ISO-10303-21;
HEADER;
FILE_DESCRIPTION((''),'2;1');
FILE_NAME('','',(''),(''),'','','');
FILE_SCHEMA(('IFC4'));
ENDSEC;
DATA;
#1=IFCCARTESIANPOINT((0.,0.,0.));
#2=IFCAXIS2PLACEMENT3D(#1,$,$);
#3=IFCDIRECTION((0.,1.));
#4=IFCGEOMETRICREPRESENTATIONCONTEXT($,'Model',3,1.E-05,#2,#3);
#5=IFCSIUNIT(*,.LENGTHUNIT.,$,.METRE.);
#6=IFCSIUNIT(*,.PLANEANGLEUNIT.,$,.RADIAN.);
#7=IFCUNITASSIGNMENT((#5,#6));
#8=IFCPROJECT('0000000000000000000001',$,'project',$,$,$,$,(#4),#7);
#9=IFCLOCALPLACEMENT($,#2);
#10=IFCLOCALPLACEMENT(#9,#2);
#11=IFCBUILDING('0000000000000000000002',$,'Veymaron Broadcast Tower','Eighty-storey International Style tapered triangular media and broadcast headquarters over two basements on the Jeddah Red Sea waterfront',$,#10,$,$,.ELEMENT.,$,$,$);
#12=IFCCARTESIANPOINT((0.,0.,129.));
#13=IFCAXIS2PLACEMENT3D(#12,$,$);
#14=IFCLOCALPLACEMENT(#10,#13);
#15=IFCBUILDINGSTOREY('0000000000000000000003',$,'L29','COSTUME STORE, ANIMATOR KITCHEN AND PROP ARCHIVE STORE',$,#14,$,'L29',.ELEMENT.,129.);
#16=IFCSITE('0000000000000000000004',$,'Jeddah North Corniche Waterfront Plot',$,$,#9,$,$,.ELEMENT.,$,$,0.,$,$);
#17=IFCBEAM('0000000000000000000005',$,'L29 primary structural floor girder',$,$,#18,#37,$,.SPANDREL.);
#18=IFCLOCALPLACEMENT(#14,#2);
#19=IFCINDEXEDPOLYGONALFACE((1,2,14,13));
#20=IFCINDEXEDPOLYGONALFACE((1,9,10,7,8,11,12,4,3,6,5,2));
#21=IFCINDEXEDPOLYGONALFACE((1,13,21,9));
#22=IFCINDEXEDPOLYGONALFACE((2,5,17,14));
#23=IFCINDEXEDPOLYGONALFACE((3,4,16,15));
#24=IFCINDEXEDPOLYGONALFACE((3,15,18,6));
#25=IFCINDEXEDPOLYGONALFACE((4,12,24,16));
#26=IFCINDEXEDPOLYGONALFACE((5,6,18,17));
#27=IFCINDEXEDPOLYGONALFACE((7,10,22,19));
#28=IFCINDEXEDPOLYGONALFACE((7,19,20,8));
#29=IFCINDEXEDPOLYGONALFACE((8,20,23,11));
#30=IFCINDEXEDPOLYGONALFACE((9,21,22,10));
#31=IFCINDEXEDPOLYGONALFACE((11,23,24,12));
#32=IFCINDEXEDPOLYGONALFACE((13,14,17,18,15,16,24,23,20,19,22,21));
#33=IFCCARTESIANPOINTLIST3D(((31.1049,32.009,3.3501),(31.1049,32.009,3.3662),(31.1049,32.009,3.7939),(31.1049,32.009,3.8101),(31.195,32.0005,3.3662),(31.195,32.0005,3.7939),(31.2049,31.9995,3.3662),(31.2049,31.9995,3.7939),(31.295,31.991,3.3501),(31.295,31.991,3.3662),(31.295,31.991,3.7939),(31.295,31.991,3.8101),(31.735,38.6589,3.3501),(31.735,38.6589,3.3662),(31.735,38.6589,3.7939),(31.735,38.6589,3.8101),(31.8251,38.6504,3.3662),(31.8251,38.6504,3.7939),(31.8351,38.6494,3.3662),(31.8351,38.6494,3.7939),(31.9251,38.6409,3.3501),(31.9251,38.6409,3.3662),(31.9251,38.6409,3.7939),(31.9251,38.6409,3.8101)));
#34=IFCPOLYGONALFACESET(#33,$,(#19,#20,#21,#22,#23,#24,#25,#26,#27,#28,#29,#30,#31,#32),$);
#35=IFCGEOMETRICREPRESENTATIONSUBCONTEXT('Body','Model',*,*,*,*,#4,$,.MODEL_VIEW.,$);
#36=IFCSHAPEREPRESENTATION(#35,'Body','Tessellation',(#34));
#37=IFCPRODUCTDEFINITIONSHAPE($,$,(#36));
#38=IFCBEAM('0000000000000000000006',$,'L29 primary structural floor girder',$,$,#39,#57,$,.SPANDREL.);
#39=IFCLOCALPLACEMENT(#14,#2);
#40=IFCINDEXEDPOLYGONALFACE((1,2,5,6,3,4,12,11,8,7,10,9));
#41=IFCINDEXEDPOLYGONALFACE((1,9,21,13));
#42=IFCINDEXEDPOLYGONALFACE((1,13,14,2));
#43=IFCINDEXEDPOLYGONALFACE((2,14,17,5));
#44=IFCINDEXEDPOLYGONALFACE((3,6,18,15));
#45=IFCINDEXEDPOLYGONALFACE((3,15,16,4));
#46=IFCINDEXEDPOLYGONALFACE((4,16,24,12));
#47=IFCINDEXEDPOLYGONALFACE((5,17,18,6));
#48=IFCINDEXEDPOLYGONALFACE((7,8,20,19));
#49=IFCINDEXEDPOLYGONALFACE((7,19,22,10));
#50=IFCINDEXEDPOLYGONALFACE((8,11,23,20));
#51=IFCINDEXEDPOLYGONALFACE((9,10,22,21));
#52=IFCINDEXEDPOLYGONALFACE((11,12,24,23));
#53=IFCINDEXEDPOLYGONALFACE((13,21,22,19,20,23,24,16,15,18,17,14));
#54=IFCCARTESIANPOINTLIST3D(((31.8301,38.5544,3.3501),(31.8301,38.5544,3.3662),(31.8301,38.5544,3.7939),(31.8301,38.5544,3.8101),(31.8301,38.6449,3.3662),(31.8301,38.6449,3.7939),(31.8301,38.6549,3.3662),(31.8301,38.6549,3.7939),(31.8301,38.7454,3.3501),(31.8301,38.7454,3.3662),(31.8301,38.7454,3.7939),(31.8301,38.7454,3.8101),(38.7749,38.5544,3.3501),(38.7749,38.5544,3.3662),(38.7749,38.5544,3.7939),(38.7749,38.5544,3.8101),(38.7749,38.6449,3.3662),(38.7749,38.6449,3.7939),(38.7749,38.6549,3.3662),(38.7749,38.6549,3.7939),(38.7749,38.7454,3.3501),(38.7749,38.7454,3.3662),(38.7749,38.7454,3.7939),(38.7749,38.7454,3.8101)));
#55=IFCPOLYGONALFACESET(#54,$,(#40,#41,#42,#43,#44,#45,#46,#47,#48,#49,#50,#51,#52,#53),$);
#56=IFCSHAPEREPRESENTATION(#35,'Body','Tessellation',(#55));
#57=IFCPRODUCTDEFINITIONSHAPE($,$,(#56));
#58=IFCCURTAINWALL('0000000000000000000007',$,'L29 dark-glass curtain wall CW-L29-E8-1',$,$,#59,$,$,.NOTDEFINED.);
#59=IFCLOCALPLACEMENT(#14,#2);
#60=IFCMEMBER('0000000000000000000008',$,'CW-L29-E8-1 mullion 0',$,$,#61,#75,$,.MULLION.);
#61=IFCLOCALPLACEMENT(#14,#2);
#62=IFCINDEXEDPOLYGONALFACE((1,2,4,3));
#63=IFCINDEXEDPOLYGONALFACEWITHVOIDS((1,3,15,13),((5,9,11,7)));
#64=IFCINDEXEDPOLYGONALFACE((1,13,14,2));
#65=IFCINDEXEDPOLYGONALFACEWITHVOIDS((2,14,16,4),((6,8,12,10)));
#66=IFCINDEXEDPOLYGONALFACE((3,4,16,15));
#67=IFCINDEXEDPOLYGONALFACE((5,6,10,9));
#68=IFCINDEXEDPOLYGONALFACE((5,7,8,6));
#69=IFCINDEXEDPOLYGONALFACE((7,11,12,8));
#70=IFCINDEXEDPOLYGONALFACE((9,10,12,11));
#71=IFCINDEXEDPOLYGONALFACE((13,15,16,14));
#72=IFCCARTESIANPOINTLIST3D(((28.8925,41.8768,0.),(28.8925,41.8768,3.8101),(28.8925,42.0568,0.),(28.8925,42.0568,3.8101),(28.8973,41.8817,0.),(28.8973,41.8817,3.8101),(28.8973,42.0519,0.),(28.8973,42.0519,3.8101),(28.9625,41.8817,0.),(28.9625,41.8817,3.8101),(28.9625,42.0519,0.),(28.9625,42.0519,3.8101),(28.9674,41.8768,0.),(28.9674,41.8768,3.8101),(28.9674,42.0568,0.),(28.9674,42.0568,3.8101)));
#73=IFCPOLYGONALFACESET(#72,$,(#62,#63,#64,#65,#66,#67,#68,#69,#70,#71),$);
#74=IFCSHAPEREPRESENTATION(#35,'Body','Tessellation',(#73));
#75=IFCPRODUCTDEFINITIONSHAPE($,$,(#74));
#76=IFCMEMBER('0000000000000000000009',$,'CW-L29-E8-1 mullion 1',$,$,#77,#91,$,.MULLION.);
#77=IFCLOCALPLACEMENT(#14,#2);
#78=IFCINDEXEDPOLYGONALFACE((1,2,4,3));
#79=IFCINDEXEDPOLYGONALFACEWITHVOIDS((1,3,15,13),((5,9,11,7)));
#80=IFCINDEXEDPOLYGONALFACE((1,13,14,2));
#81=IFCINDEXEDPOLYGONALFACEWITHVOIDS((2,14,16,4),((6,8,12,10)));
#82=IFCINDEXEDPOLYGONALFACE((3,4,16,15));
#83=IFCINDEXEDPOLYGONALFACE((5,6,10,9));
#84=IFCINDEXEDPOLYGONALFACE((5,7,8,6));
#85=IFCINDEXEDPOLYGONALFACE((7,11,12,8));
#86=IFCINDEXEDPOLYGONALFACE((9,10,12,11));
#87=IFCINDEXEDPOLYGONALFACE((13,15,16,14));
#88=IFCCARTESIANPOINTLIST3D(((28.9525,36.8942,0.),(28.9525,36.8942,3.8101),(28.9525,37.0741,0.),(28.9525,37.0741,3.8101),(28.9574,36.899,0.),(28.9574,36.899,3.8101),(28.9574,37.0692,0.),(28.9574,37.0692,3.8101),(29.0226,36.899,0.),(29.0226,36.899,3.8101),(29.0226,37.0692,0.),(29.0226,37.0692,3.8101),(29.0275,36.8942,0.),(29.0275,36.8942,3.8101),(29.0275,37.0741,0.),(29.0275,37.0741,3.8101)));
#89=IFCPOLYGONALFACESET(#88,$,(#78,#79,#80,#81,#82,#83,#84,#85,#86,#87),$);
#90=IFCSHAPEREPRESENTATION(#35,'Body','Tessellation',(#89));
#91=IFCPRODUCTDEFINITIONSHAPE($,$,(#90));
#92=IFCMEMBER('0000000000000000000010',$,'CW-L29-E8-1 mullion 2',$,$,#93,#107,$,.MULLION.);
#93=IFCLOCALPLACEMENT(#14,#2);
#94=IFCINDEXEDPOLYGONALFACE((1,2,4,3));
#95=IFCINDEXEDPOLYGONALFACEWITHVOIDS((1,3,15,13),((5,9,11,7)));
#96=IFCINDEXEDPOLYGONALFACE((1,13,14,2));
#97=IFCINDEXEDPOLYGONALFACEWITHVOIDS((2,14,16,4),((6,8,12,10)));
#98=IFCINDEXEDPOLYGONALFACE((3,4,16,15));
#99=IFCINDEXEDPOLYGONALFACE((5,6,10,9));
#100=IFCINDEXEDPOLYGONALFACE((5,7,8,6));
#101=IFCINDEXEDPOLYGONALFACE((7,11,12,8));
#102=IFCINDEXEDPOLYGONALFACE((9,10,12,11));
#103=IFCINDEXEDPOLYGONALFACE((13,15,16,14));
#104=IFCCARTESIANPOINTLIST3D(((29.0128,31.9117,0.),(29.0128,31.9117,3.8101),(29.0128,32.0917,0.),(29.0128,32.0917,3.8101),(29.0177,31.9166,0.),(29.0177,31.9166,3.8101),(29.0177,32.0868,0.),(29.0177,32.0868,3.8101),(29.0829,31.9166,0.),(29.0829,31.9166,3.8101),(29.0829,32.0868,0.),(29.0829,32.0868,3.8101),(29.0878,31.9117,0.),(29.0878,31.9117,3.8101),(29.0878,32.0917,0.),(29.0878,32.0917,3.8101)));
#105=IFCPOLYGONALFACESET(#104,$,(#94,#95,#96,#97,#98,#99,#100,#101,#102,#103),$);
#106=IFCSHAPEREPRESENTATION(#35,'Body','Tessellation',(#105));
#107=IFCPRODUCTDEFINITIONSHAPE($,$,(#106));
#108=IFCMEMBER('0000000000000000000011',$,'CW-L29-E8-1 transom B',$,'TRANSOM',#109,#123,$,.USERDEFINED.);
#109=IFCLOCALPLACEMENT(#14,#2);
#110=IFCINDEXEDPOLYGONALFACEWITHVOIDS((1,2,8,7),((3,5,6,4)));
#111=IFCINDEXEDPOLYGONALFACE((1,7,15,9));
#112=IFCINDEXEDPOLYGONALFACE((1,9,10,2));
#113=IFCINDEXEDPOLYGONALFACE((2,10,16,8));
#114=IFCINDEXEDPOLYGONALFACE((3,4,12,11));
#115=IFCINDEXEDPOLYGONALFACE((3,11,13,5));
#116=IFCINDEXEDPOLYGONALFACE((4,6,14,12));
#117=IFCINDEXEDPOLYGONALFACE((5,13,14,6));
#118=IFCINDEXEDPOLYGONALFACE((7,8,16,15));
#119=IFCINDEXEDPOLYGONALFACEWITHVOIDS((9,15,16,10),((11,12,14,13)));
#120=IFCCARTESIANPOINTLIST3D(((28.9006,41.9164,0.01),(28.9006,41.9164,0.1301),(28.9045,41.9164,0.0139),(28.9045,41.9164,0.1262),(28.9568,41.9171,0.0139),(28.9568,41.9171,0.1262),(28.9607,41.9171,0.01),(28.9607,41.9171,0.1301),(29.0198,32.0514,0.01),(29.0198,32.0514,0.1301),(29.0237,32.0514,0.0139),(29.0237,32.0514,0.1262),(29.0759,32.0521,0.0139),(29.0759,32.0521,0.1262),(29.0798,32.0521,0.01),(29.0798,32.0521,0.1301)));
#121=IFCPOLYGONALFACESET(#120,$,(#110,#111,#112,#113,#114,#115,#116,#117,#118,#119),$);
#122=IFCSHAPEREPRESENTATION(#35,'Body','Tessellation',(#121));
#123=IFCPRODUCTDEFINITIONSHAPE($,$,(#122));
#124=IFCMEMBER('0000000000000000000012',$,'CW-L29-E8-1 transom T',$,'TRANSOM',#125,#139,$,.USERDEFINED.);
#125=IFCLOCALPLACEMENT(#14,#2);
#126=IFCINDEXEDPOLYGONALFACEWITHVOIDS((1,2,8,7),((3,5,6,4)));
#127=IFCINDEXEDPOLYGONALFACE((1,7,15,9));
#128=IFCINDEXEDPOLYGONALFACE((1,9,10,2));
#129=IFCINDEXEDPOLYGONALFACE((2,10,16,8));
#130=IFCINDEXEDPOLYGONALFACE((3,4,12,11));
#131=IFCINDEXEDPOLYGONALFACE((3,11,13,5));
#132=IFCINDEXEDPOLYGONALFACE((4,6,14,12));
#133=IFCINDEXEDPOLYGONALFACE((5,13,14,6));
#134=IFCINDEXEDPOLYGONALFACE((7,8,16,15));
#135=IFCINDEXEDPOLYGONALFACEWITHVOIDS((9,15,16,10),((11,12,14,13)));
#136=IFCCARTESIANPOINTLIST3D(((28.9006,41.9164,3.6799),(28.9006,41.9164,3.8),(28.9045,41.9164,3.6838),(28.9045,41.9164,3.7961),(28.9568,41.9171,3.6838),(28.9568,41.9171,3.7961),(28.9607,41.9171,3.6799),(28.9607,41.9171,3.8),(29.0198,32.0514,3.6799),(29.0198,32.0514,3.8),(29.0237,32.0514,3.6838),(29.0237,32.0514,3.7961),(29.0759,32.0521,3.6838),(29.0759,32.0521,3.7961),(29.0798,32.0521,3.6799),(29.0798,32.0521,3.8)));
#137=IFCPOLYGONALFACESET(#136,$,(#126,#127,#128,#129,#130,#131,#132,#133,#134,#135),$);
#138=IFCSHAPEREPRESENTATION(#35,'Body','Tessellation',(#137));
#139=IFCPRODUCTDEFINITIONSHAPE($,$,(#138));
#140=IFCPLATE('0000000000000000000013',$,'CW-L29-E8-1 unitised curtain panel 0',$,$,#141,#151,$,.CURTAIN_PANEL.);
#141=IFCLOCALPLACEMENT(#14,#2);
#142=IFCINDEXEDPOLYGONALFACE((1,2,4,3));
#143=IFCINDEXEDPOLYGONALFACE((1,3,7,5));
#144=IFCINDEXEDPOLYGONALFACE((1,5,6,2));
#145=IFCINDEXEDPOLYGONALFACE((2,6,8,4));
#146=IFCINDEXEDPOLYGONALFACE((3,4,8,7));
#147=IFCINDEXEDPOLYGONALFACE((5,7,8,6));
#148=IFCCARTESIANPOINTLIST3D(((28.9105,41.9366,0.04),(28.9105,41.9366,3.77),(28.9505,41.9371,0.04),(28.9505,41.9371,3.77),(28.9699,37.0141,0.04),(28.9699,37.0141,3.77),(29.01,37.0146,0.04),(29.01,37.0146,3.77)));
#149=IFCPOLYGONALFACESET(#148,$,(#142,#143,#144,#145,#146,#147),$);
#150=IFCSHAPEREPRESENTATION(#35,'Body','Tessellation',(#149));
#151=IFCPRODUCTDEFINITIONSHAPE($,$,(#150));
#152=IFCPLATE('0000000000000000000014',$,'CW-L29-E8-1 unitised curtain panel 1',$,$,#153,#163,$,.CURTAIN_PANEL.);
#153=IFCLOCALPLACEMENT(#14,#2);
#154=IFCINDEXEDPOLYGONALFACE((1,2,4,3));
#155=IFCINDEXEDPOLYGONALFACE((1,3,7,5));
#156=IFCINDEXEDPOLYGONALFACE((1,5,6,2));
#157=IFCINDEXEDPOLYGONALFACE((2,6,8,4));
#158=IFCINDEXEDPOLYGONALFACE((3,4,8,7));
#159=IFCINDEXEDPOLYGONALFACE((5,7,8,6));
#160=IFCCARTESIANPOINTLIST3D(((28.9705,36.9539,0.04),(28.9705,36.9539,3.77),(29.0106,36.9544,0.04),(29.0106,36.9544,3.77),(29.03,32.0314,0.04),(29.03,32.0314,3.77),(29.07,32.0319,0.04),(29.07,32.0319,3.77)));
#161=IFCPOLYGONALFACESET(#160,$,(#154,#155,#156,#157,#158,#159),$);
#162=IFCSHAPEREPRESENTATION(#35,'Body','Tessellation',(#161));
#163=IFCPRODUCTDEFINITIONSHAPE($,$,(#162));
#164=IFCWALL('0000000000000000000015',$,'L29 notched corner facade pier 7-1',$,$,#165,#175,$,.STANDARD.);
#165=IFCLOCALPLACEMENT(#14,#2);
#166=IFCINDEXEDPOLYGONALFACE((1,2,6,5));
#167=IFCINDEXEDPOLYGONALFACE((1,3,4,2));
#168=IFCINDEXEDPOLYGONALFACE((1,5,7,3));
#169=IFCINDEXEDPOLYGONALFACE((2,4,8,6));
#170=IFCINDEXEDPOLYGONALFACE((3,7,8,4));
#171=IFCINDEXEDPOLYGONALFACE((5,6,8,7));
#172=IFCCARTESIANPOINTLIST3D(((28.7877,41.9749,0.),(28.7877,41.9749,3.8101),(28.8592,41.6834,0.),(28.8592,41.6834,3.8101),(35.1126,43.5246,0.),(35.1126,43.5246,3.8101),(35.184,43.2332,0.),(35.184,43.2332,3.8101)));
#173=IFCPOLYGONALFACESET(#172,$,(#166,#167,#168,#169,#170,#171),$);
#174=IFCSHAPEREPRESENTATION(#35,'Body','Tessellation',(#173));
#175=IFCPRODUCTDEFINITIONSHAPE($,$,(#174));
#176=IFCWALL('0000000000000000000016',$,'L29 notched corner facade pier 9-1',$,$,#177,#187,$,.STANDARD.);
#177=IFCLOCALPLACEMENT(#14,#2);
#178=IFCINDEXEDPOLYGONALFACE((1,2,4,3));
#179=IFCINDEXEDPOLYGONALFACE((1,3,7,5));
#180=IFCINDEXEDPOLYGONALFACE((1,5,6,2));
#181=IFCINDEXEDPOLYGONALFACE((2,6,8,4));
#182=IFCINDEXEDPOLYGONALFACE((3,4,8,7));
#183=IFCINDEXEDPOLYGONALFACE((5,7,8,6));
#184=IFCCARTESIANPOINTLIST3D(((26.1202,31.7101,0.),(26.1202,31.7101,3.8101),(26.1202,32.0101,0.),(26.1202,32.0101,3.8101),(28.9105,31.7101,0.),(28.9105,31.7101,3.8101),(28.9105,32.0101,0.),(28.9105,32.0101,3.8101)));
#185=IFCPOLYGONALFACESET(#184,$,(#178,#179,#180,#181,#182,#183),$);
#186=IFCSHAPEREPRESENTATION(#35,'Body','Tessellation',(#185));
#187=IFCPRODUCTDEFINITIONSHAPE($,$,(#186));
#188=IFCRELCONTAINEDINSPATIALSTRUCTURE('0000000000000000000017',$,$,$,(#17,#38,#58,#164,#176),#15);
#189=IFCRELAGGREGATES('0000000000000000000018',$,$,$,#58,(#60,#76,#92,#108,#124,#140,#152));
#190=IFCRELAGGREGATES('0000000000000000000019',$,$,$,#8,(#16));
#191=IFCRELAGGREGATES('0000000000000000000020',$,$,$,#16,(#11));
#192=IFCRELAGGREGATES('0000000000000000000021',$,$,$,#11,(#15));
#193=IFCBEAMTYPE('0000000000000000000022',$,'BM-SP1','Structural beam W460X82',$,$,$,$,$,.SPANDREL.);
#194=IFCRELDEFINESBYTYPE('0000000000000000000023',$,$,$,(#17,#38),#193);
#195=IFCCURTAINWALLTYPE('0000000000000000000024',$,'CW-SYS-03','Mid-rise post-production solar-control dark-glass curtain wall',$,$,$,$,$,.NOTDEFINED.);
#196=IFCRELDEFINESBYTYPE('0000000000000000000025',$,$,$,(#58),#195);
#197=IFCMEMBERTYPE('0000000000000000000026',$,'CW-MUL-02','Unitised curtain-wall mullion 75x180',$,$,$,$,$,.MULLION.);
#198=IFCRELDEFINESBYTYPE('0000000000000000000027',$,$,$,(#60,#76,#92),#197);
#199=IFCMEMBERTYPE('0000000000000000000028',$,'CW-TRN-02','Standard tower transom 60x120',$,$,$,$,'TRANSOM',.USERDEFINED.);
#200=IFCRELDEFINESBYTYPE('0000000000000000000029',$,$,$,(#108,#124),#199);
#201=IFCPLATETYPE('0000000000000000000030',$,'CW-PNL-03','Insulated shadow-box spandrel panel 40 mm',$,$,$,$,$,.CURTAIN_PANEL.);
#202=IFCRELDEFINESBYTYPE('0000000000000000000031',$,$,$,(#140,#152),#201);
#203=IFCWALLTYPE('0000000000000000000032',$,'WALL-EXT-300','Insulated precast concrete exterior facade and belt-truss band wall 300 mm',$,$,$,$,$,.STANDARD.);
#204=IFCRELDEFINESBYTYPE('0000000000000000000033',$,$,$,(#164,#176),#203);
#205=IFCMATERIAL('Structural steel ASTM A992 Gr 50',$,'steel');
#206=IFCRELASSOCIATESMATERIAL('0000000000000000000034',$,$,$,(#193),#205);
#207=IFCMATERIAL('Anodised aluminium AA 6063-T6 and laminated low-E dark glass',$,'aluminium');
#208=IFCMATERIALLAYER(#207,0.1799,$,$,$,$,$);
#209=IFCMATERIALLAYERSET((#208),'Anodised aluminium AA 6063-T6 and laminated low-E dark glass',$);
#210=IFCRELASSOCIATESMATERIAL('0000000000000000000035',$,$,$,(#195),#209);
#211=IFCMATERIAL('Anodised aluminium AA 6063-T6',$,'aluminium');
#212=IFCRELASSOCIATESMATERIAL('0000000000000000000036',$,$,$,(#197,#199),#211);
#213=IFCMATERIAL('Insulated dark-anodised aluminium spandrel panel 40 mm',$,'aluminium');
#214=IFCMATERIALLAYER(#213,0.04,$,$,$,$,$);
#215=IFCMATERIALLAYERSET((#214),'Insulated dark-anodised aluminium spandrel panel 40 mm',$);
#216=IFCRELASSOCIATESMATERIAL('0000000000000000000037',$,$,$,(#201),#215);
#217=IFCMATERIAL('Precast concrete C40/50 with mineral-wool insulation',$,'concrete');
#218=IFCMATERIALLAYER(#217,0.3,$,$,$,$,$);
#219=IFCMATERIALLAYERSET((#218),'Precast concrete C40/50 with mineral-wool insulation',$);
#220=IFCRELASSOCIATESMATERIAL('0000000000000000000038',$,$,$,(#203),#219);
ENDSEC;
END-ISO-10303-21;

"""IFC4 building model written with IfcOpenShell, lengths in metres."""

from ifc_helpers import new_model, si_unit, direction, frame, frame_2d, origin, origin_2d, place, context, subcontext, project, spatial, rectangle, hollow_rectangle, i_section, extrude, material, layer, layer_set, material_profile, profile_set, type_object, element, aggregate, save


model = new_model("IFC4")

# Units and contexts
model_context = context("Model", 3, precision=1e-05, world=origin(), true_north=direction((0.0, 1.0)))
body_context = subcontext(model_context, "Body", "Model", "MODEL_VIEW")
ifc_project = project(units=[si_unit("LENGTHUNIT", "METRE"), si_unit("PLANEANGLEUNIT", "RADIAN")], contexts=[model_context])

# Site, building, storey
site_placement = place(None, origin())
site = spatial("IfcSite", under=ifc_project, at=site_placement, Name="Jeddah North Corniche Waterfront Plot", CompositionType="ELEMENT", RefElevation=0.0)
building_placement = place(site_placement, origin())
building = spatial("IfcBuilding", under=site, at=building_placement, Name="Veymaron Broadcast Tower", Description="Eighty-storey International Style tapered triangular media and broadcast headquarters over two basements on the Jeddah Red Sea waterfront", CompositionType="ELEMENT")
storey_placement = place(building_placement, frame((0.0, 0.0, 129.0)))
storey = spatial("IfcBuildingStorey", under=building, at=storey_placement, Name="L29", Description="COSTUME STORE, ANIMATOR KITCHEN AND PROP ARCHIVE STORE", LongName="L29", CompositionType="ELEMENT", Elevation=129.0)

# Shared definitions
ifc_material_1 = material(Name="Structural steel ASTM A992 Gr 50", Category="steel")

# Beams
ifc_material_profile_1 = material_profile(ifc_material_1, i_section(OverallWidth=0.1909, OverallDepth=0.46, WebThickness=0.01, FlangeThickness=0.0161, at=origin_2d()), Name="W460X82")
ifc_profile_set_1 = profile_set([ifc_material_profile_1], Name="Structural steel ASTM A992 Gr 50")
beam_type_1 = type_object("IfcBeamType", Name="BM-SP1", Description="Structural beam W460X82", PredefinedType="SPANDREL", material=ifc_profile_set_1)
beam_1_placement = place(storey_placement, frame((31.2, 32.0, 3.5801), z_axis=(0.094335, 0.995541, 0.0), x_axis=(-0.995541, 0.094335, 0.0)))
element("IfcBeam", 1, at=beam_1_placement, inside=storey, type_object=beam_type_1, Name="L29 primary structural floor girder", PredefinedType="SPANDREL", context=body_context, shape_type="SweptSolid", body=[
    extrude(i_section(OverallWidth=0.1909, OverallDepth=0.46, WebThickness=0.01, FlangeThickness=0.0161, at=origin_2d()), origin(), (0.0, 0.0, 1.0), 6.6797),
])
beam_2_placement = place(storey_placement, frame((31.8301, 38.6499, 3.5801), z_axis=(1.0, 0.0, 0.0), x_axis=(0.0, 1.0, 0.0)))
element("IfcBeam", 2, at=beam_2_placement, inside=storey, type_object=beam_type_1, Name="L29 primary structural floor girder", PredefinedType="SPANDREL", context=body_context, shape_type="SweptSolid", body=[
    extrude(i_section(OverallWidth=0.1909, OverallDepth=0.46, WebThickness=0.01, FlangeThickness=0.0161, at=origin_2d()), origin(), (0.0, 0.0, 1.0), 6.9448),
])

# Curtain wall, members, plates
ifc_material_2 = material(Name="Anodised aluminium AA 6063-T6 and laminated low-E dark glass", Category="aluminium")
ifc_layer_1 = layer(ifc_material_2, 0.1799)
ifc_layer_set_1 = layer_set([ifc_layer_1], Name="Anodised aluminium AA 6063-T6 and laminated low-E dark glass")
curtain_wall_type = type_object("IfcCurtainWallType", Name="CW-SYS-03", Description="Mid-rise post-production solar-control dark-glass curtain wall", PredefinedType="NOTDEFINED", material=ifc_layer_set_1)
curtain_wall_placement = place(storey_placement, origin())
curtain_wall = element("IfcCurtainWall", 3, at=curtain_wall_placement, inside=storey, type_object=curtain_wall_type, Name="L29 dark-glass curtain wall CW-L29-E8-1", PredefinedType="NOTDEFINED")
ifc_material_3 = material(Name="Anodised aluminium AA 6063-T6", Category="aluminium")
ifc_material_profile_2 = material_profile(ifc_material_3, hollow_rectangle(XDim=0.075, YDim=0.1799, WallThickness=0.0049, at=origin_2d()), Name="AL180X75X5")
ifc_profile_set_2 = profile_set([ifc_material_profile_2], Name="Anodised aluminium AA 6063-T6")
member_type_1 = type_object("IfcMemberType", Name="CW-MUL-02", Description="Unitised curtain-wall mullion 75x180", PredefinedType="MULLION", material=ifc_profile_set_2)
member_1_placement = place(storey_placement, frame((28.9299, 41.9668, 0.0), z_axis=(0.0, 0.0, 1.0), x_axis=(1.0, 0.0, 0.0)))
member_1 = element("IfcMember", 4, at=member_1_placement, type_object=member_type_1, Name="CW-L29-E8-1 mullion 0", PredefinedType="MULLION", context=body_context, shape_type="SweptSolid", body=[
    extrude(hollow_rectangle(XDim=0.075, YDim=0.1799, WallThickness=0.0049, at=origin_2d()), origin(), (0.0, 0.0, 1.0), 3.8101),
])
member_2_placement = place(storey_placement, frame((28.99, 36.9841, 0.0), z_axis=(0.0, 0.0, 1.0), x_axis=(1.0, 0.0, 0.0)))
member_2 = element("IfcMember", 5, at=member_2_placement, type_object=member_type_1, Name="CW-L29-E8-1 mullion 1", PredefinedType="MULLION", context=body_context, shape_type="SweptSolid", body=[
    extrude(hollow_rectangle(XDim=0.075, YDim=0.1799, WallThickness=0.0049, at=origin_2d()), origin(), (0.0, 0.0, 1.0), 3.8101),
])
member_3_placement = place(storey_placement, frame((29.0503, 32.0017, 0.0), z_axis=(0.0, 0.0, 1.0), x_axis=(1.0, 0.0, 0.0)))
member_3 = element("IfcMember", 6, at=member_3_placement, type_object=member_type_1, Name="CW-L29-E8-1 mullion 2", PredefinedType="MULLION", context=body_context, shape_type="SweptSolid", body=[
    extrude(hollow_rectangle(XDim=0.075, YDim=0.1799, WallThickness=0.0049, at=origin_2d()), origin(), (0.0, 0.0, 1.0), 3.8101),
])
ifc_material_profile_3 = material_profile(ifc_material_3, hollow_rectangle(XDim=0.0601, YDim=0.1201, WallThickness=0.0039, at=origin_2d()), Name="AL120X60X4")
ifc_profile_set_3 = profile_set([ifc_material_profile_3], Name="Anodised aluminium AA 6063-T6")
member_type_2 = type_object("IfcMemberType", Name="CW-TRN-02", Description="Standard tower transom 60x120", ElementType="TRANSOM", PredefinedType="USERDEFINED", material=ifc_profile_set_3)
member_4_placement = place(storey_placement, frame((28.9307, 41.9167, 0.0701), z_axis=(0.012076, -0.999927, 0.0), x_axis=(0.999927, 0.012076, 0.0)))
member_4 = element("IfcMember", 7, at=member_4_placement, type_object=member_type_2, Name="CW-L29-E8-1 transom B", ObjectType="TRANSOM", PredefinedType="USERDEFINED", context=body_context, shape_type="SweptSolid", body=[
    extrude(hollow_rectangle(XDim=0.0601, YDim=0.1201, WallThickness=0.0039, at=origin_2d()), origin(), (0.0, 0.0, 1.0), 9.8657),
])
member_5_placement = place(storey_placement, frame((28.9307, 41.9167, 3.74), z_axis=(0.012076, -0.999927, 0.0), x_axis=(0.999927, 0.012076, 0.0)))
member_5 = element("IfcMember", 8, at=member_5_placement, type_object=member_type_2, Name="CW-L29-E8-1 transom T", ObjectType="TRANSOM", PredefinedType="USERDEFINED", context=body_context, shape_type="SweptSolid", body=[
    extrude(hollow_rectangle(XDim=0.0601, YDim=0.1201, WallThickness=0.0039, at=origin_2d()), origin(), (0.0, 0.0, 1.0), 9.8657),
])
ifc_material_4 = material(Name="Insulated dark-anodised aluminium spandrel panel 40 mm", Category="aluminium")
ifc_layer_2 = layer(ifc_material_4, 0.04)
ifc_layer_set_2 = layer_set([ifc_layer_2], Name="Insulated dark-anodised aluminium spandrel panel 40 mm")
plate_type = type_object("IfcPlateType", Name="CW-PNL-03", Description="Insulated shadow-box spandrel panel 40 mm", PredefinedType="CURTAIN_PANEL", material=ifc_layer_set_2)
plate_1_placement = place(storey_placement, frame((28.9602, 39.4756, 0.04), z_axis=(0.0, 0.0, 1.0), x_axis=(0.012077, -0.999927, 0.0)))
plate_1 = element("IfcPlate", 9, at=plate_1_placement, type_object=plate_type, Name="CW-L29-E8-1 unitised curtain panel 0", PredefinedType="CURTAIN_PANEL", context=body_context, shape_type="SweptSolid", body=[
    extrude(rectangle(XDim=4.9229, YDim=0.04, at=origin_2d()), origin(), (0.0, 0.0, 1.0), 3.73),
])
plate_2_placement = place(storey_placement, frame((29.0203, 34.4929, 0.04), z_axis=(0.0, 0.0, 1.0), x_axis=(0.012077, -0.999927, 0.0)))
plate_2 = element("IfcPlate", 10, at=plate_2_placement, type_object=plate_type, Name="CW-L29-E8-1 unitised curtain panel 1", PredefinedType="CURTAIN_PANEL", context=body_context, shape_type="SweptSolid", body=[
    extrude(rectangle(XDim=4.9229, YDim=0.04, at=origin_2d()), origin(), (0.0, 0.0, 1.0), 3.73),
])
aggregate(curtain_wall, [member_1, member_2, member_3, member_4, member_5, plate_1, plate_2])

# Walls
ifc_material_5 = material(Name="Precast concrete C40/50 with mineral-wool insulation", Category="concrete")
ifc_layer_3 = layer(ifc_material_5, 0.3)
ifc_layer_set_3 = layer_set([ifc_layer_3], Name="Precast concrete C40/50 with mineral-wool insulation")
wall_type_1 = type_object("IfcWallType", Name="WALL-EXT-300", Description="Insulated precast concrete exterior facade and belt-truss band wall 300 mm", PredefinedType="STANDARD", material=ifc_layer_set_3)
wall_1_placement = place(storey_placement, frame((35.1482, 43.3789, 0.0), z_axis=(0.0, 0.0, 1.0), x_axis=(-0.971268, -0.23799, 0.0)))
element("IfcWall", 11, at=wall_1_placement, inside=storey, type_object=wall_type_1, Name="L29 notched corner facade pier 7-1", PredefinedType="STANDARD", context=body_context, shape_type="SweptSolid", body=[
    extrude(rectangle(XDim=6.512, YDim=0.3, at=frame_2d((3.2559, 0.0))), origin(), (0.0, 0.0, 1.0), 3.8101),
])
wall_2_placement = place(storey_placement, frame((28.9104, 31.8601, 0.0), z_axis=(0.0, 0.0, 1.0), x_axis=(-1.0, 0.0, 0.0)))
element("IfcWall", 12, at=wall_2_placement, inside=storey, type_object=wall_type_1, Name="L29 notched corner facade pier 9-1", PredefinedType="STANDARD", context=body_context, shape_type="SweptSolid", body=[
    extrude(rectangle(XDim=2.7903, YDim=0.3, at=frame_2d((1.395, 0.0))), origin(), (0.0, 0.0, 1.0), 3.8101),
])

save(model, "model.ifc")
